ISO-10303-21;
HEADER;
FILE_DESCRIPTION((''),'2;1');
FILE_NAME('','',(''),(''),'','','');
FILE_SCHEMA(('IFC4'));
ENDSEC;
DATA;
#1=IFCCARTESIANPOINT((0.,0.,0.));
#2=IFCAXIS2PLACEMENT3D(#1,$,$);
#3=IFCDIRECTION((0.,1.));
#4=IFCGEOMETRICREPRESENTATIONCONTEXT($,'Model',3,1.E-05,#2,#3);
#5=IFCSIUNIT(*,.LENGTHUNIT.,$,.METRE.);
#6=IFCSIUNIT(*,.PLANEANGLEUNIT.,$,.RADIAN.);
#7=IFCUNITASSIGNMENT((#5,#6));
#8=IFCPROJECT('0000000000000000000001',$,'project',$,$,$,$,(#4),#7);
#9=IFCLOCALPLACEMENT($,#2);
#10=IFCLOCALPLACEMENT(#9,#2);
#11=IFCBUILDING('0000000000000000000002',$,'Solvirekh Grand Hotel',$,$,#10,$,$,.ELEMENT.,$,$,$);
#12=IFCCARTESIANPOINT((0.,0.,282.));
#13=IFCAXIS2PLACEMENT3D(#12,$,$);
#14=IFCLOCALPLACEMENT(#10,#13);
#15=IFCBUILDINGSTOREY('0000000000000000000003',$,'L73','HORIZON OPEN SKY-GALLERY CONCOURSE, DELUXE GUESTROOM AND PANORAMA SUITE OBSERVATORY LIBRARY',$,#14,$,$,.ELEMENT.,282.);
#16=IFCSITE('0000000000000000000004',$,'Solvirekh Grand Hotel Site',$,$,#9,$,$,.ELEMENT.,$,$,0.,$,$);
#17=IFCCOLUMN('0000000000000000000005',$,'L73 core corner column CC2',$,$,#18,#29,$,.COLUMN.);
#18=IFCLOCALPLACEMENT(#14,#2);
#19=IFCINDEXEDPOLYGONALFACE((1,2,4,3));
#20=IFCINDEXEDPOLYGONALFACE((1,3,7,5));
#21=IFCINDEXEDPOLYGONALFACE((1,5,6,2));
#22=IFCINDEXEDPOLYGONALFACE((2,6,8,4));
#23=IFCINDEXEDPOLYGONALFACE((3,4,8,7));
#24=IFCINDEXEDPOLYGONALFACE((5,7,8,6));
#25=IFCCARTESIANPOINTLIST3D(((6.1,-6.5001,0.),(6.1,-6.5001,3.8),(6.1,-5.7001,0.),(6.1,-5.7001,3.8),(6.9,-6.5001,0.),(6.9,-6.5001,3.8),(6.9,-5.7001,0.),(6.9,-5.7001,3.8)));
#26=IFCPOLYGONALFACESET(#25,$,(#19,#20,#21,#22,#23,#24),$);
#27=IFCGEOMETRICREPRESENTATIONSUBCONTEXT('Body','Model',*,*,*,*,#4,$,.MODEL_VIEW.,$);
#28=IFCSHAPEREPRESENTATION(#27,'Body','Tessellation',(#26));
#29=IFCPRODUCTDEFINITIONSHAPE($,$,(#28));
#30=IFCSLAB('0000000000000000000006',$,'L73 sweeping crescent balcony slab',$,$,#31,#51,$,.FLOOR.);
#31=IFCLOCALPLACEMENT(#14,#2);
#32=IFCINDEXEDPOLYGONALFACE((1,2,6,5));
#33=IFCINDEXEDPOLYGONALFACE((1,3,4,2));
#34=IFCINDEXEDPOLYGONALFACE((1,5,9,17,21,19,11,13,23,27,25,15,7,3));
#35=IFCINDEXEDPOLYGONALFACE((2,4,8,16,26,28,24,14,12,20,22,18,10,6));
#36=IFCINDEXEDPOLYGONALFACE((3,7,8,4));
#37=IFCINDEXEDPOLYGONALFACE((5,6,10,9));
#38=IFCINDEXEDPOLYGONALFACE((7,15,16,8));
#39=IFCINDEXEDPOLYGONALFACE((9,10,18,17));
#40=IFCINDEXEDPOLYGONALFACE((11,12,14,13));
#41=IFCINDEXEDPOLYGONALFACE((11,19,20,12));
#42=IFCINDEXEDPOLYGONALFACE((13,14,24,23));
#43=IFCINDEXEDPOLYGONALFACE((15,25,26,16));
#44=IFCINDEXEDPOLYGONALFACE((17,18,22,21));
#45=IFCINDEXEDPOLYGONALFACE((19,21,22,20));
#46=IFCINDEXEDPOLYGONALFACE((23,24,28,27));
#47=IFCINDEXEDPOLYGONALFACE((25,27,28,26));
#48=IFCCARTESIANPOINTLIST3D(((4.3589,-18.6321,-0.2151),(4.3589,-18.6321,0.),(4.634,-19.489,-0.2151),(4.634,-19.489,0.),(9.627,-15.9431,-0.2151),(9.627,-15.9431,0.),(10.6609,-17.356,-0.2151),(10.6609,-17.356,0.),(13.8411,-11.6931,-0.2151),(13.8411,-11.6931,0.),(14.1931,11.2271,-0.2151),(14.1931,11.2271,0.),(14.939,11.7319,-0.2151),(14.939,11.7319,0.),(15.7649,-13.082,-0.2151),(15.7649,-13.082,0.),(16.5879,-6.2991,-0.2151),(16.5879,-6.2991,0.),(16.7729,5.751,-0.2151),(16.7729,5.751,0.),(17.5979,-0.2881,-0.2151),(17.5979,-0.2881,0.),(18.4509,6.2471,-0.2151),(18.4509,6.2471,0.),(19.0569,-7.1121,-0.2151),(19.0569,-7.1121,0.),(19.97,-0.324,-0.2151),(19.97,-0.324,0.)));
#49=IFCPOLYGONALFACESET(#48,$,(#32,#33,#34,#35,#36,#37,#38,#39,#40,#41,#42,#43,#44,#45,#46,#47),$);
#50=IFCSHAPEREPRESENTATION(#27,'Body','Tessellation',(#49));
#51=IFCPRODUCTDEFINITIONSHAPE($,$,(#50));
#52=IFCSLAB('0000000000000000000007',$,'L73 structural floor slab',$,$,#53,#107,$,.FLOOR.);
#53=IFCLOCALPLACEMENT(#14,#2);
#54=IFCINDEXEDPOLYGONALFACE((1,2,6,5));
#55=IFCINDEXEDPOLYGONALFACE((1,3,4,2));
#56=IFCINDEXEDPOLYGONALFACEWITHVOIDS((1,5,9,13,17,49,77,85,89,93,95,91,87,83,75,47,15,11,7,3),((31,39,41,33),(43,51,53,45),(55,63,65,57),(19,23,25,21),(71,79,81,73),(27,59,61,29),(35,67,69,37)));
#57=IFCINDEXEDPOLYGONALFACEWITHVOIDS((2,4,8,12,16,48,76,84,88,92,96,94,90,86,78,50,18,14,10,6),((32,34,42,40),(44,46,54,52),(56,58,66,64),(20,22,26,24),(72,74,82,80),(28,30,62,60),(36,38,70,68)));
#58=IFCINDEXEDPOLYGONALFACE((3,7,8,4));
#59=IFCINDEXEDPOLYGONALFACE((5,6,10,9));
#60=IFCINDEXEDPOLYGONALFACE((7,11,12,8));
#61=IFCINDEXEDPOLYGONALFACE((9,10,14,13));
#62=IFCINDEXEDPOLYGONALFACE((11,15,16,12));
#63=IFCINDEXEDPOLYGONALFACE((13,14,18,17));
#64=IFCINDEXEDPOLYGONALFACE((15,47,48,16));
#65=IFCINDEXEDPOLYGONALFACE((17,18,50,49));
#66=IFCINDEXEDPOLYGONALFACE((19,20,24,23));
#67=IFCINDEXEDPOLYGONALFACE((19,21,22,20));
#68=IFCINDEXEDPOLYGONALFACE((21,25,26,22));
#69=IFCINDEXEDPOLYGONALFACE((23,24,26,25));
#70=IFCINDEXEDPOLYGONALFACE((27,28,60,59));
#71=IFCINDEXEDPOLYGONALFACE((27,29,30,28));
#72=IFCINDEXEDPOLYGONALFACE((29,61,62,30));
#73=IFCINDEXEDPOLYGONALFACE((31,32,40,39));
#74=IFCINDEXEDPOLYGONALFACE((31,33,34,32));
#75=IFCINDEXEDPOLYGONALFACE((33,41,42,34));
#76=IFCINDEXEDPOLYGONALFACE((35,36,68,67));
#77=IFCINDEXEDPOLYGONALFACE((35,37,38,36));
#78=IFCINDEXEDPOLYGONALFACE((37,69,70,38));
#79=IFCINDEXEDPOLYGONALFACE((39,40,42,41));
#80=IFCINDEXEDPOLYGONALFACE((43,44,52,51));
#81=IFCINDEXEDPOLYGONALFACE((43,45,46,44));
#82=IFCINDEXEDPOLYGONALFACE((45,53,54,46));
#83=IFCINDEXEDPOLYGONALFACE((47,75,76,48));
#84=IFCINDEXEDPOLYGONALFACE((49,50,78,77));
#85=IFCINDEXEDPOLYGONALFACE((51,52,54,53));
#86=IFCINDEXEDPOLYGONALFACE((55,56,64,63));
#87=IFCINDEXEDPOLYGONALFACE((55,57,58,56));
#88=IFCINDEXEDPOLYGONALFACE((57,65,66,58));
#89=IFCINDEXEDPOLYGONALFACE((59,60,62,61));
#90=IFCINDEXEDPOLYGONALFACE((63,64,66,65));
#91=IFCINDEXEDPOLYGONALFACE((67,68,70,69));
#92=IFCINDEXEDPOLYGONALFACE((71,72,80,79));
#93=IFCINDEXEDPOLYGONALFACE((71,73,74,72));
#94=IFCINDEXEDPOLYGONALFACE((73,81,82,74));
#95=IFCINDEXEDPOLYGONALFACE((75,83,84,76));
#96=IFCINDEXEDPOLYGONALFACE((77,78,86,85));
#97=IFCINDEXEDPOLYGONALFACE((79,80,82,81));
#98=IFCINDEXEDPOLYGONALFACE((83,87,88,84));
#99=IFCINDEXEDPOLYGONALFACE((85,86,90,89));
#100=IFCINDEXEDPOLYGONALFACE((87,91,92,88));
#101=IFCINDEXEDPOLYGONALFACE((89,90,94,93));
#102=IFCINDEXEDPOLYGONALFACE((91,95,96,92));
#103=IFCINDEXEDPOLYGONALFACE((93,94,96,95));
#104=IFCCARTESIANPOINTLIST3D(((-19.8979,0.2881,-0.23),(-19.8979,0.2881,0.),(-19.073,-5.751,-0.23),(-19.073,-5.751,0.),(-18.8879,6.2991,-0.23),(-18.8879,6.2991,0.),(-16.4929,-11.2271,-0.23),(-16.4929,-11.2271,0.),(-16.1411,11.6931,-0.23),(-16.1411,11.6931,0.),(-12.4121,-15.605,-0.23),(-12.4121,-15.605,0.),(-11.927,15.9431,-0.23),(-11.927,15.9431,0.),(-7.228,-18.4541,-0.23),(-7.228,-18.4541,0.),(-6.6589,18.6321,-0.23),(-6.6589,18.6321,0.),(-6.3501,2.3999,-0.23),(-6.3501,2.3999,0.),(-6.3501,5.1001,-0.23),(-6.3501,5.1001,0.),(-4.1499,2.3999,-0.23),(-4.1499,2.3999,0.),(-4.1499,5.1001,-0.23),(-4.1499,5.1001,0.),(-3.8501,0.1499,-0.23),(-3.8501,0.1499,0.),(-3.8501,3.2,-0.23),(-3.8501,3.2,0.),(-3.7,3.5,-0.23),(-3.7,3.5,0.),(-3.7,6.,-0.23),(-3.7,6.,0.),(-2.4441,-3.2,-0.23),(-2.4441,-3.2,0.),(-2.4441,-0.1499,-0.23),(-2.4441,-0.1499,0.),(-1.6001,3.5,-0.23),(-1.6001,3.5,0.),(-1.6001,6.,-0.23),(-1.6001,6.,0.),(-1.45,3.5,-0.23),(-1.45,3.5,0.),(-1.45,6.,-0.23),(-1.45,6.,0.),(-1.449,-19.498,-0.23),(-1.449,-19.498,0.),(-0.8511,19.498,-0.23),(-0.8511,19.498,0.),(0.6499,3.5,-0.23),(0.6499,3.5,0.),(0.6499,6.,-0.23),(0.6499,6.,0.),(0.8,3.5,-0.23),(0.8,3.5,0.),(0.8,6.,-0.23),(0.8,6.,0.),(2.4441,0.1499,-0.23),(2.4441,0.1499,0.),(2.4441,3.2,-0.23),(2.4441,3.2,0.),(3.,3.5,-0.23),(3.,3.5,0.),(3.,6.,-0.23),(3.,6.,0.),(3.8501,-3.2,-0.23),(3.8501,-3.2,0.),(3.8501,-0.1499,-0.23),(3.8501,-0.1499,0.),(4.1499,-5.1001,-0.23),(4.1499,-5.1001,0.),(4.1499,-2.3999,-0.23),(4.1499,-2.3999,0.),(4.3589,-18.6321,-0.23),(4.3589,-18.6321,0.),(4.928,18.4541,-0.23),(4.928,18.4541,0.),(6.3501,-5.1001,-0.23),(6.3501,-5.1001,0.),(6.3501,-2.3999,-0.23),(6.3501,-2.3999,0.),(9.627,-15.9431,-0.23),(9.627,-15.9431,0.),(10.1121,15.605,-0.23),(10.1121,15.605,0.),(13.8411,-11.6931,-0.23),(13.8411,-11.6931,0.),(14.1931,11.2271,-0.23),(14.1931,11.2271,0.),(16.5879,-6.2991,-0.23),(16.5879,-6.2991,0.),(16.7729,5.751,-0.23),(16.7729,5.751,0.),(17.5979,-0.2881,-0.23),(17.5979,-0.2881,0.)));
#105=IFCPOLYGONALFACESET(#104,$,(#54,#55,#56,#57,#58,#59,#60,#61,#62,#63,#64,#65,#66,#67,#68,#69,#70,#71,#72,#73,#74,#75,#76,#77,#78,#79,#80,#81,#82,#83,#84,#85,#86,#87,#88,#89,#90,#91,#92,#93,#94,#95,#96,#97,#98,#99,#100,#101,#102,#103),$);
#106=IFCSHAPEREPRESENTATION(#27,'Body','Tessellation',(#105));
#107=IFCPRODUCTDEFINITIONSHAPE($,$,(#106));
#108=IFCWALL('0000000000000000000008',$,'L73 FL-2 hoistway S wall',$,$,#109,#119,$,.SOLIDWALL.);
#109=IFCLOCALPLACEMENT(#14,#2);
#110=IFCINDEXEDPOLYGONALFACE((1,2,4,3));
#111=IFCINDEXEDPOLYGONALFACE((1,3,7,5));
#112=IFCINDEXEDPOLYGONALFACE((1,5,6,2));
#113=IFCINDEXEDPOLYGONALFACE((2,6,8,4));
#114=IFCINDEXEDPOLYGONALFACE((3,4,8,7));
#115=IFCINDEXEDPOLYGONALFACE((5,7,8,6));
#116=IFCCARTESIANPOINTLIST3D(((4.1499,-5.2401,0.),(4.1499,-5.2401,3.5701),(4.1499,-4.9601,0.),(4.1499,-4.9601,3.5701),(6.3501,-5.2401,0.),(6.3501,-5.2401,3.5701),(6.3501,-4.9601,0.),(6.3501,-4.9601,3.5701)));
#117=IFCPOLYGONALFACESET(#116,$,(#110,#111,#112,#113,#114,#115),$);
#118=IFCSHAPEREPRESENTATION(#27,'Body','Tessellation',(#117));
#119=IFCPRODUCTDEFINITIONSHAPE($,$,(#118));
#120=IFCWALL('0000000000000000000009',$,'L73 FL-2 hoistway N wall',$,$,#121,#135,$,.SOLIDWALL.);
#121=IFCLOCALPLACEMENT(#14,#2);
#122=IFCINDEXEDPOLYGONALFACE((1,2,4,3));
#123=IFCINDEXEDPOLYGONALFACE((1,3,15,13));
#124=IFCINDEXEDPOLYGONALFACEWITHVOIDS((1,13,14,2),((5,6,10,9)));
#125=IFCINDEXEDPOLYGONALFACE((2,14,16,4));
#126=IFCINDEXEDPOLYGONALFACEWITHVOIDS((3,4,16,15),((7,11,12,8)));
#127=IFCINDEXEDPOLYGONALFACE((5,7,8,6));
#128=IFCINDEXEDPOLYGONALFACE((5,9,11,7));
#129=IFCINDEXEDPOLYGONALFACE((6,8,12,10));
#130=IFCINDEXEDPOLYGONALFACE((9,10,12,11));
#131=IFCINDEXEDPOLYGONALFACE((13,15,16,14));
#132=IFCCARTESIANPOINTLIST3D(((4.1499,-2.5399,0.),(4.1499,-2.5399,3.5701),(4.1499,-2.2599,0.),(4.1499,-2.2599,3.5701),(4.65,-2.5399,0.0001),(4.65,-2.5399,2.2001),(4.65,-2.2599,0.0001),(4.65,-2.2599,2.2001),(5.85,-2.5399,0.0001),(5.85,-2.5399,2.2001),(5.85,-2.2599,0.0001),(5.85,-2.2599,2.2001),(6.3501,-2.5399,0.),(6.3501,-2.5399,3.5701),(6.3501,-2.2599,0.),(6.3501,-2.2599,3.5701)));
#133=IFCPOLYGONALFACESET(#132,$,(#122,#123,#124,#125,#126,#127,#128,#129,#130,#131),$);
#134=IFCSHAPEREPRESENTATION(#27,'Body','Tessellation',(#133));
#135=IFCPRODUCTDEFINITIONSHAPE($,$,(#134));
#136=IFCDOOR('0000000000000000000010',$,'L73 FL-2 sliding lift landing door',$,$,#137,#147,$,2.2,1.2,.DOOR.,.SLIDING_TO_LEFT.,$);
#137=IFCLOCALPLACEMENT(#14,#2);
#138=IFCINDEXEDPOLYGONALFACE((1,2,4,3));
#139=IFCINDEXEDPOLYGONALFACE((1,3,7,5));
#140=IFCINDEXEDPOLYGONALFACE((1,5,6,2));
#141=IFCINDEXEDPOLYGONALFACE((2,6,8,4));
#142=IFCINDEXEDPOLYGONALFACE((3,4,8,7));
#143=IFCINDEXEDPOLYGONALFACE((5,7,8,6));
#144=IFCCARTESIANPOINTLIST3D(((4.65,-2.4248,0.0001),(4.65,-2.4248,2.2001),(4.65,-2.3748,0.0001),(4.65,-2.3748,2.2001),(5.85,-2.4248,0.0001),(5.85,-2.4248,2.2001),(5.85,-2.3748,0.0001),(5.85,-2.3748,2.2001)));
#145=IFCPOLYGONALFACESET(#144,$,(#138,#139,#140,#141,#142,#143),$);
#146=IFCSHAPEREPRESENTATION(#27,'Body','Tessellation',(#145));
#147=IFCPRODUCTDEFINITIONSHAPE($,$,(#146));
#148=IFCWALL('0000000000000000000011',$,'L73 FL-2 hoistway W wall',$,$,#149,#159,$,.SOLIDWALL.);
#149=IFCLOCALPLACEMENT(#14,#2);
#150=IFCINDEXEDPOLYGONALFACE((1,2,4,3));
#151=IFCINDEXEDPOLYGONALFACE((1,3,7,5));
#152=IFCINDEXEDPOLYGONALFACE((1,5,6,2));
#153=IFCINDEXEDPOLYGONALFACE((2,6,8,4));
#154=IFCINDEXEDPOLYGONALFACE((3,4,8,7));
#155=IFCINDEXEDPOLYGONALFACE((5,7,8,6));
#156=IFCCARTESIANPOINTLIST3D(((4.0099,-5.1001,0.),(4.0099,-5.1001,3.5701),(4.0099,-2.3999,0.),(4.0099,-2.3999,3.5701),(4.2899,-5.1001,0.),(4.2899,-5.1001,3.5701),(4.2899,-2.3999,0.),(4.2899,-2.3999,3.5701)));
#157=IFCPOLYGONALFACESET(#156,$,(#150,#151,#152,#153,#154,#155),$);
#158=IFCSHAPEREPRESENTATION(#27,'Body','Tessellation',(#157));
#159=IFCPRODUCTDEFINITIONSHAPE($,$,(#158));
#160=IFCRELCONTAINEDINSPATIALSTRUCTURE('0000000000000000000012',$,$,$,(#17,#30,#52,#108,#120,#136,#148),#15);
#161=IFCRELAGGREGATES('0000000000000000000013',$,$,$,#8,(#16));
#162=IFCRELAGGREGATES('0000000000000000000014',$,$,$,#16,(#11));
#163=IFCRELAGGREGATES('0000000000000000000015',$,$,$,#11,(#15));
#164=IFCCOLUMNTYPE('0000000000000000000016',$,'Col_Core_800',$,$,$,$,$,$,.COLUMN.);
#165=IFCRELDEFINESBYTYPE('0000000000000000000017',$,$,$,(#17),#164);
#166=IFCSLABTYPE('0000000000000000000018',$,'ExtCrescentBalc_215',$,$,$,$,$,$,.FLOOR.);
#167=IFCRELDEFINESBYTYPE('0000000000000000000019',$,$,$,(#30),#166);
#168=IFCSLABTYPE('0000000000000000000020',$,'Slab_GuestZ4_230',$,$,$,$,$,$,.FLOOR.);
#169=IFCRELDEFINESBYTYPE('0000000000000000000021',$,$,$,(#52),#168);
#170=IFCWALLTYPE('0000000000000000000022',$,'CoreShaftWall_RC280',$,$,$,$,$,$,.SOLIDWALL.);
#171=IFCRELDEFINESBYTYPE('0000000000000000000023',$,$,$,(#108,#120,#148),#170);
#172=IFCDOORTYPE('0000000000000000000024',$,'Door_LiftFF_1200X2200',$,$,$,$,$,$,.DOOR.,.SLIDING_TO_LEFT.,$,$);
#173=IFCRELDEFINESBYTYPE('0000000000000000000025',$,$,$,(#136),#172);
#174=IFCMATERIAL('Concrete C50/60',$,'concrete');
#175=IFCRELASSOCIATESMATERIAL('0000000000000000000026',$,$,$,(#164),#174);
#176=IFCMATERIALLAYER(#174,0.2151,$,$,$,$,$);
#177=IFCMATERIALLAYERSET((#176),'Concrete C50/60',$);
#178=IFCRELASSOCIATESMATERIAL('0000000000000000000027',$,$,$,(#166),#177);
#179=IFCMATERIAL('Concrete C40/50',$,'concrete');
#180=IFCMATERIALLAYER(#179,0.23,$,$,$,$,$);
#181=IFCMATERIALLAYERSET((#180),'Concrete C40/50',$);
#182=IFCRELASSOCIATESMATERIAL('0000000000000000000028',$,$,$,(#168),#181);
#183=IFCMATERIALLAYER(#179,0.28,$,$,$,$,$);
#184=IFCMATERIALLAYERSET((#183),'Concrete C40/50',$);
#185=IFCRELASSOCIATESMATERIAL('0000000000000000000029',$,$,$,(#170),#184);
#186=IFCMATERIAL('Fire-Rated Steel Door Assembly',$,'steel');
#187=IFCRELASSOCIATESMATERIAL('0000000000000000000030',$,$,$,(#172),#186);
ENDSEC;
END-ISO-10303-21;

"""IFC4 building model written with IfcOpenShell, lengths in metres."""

from ifc_helpers import new_model, si_unit, direction, frame, frame_2d, origin, origin_2d, place, context, subcontext, project, spatial, polyline, rectangle, outline, extrude, material, layer, layer_set, material_profile, profile_set, type_object, element, fill, save


model = new_model("IFC4")

# Units and contexts
model_context = context("Model", 3, precision=1e-05, world=origin(), true_north=direction((0.0, 1.0)))
body_context = subcontext(model_context, "Body", "Model", "MODEL_VIEW")
ifc_project = project(units=[si_unit("LENGTHUNIT", "METRE"), si_unit("PLANEANGLEUNIT", "RADIAN")], contexts=[model_context])

# Site, building, storey
site_placement = place(None, origin())
site = spatial("IfcSite", under=ifc_project, at=site_placement, Name="Solvirekh Grand Hotel Site", CompositionType="ELEMENT", RefElevation=0.0)
building_placement = place(site_placement, origin())
building = spatial("IfcBuilding", under=site, at=building_placement, Name="Solvirekh Grand Hotel", CompositionType="ELEMENT")
storey_placement = place(building_placement, frame((0.0, 0.0, 282.0)))
storey = spatial("IfcBuildingStorey", under=building, at=storey_placement, Name="L73", Description="HORIZON OPEN SKY-GALLERY CONCOURSE, DELUXE GUESTROOM AND PANORAMA SUITE OBSERVATORY LIBRARY", CompositionType="ELEMENT", Elevation=282.0)

# Column
ifc_material_1 = material(Name="Concrete C50/60", Category="concrete")
ifc_material_profile = material_profile(ifc_material_1, rectangle(XDim=0.8, YDim=0.8, at=origin_2d()), Name="RC 800X800")
ifc_profile_set = profile_set([ifc_material_profile], Name="Concrete C50/60")
column_type = type_object("IfcColumnType", Name="Col_Core_800", PredefinedType="COLUMN", material=ifc_profile_set)
column_placement = place(storey_placement, frame((6.5, -6.1001, 0.0), z_axis=(0.0, 0.0, 1.0), x_axis=(1.0, 0.0, 0.0)))
element("IfcColumn", 1, at=column_placement, inside=storey, type_object=column_type, Name="L73 core corner column CC2", PredefinedType="COLUMN", context=body_context, shape_type="SweptSolid", body=[
    extrude(rectangle(XDim=0.8, YDim=0.8, at=origin_2d()), origin(), (0.0, 0.0, 1.0), 3.8),
])

# Slabs
ifc_layer_1 = layer(ifc_material_1, 0.2151)
ifc_layer_set_1 = layer_set([ifc_layer_1], Name="Concrete C50/60")
slab_type_1 = type_object("IfcSlabType", Name="ExtCrescentBalc_215", PredefinedType="FLOOR", material=ifc_layer_set_1)
slab_1_placement = place(storey_placement, frame((0.0, 0.0, -0.2151)))
element("IfcSlab", 2, at=slab_1_placement, inside=storey, type_object=slab_type_1, Name="L73 sweeping crescent balcony slab", PredefinedType="FLOOR", context=body_context, shape_type="SweptSolid", body=[
    extrude(outline(polyline([(4.634, -19.489), (10.6609, -17.356), (15.7649, -13.082), (19.0569, -7.1121), (19.97, -0.324), (18.4509, 6.2471), (14.939, 11.7319), (14.1931, 11.2271), (16.7729, 5.751), (17.5979, -0.2881), (16.5879, -6.2991), (13.8411, -11.6931), (9.627, -15.9431), (4.3589, -18.6321), (4.634, -19.489)])), origin(), (0.0, 0.0, 1.0), 0.2151),
])
ifc_material_2 = material(Name="Concrete C40/50", Category="concrete")
ifc_layer_2 = layer(ifc_material_2, 0.23)
ifc_layer_set_2 = layer_set([ifc_layer_2], Name="Concrete C40/50")
slab_type_2 = type_object("IfcSlabType", Name="Slab_GuestZ4_230", PredefinedType="FLOOR", material=ifc_layer_set_2)
slab_2_placement = place(storey_placement, frame((0.0, 0.0, -0.23)))
element("IfcSlab", 3, at=slab_2_placement, inside=storey, type_object=slab_type_2, Name="L73 structural floor slab", PredefinedType="FLOOR", context=body_context, shape_type="SweptSolid", body=[
    extrude(outline(polyline([(-1.449, -19.498), (4.3589, -18.6321), (9.627, -15.9431), (13.8411, -11.6931), (16.5879, -6.2991), (17.5979, -0.2881), (16.7729, 5.751), (14.1931, 11.2271), (10.1121, 15.605), (4.928, 18.4541), (-0.8511, 19.498), (-6.6589, 18.6321), (-11.927, 15.9431), (-16.1411, 11.6931), (-18.8879, 6.2991), (-19.8979, 0.2881), (-19.073, -5.751), (-16.4929, -11.2271), (-12.4121, -15.605), (-7.228, -18.4541), (-1.449, -19.498)]), holes=[polyline([(-2.4441, -0.1499), (3.8501, -0.1499), (3.8501, -3.2), (-2.4441, -3.2), (-2.4441, -0.1499)]), polyline([(2.4441, 0.1499), (-3.8501, 0.1499), (-3.8501, 3.2), (2.4441, 3.2), (2.4441, 0.1499)]), polyline([(-3.7, 6.0), (-1.6001, 6.0), (-1.6001, 3.5), (-3.7, 3.5), (-3.7, 6.0)]), polyline([(-1.45, 6.0), (0.6499, 6.0), (0.6499, 3.5), (-1.45, 3.5), (-1.45, 6.0)]), polyline([(0.8, 6.0), (3.0, 6.0), (3.0, 3.5), (0.8, 3.5), (0.8, 6.0)]), polyline([(-6.3501, 5.1001), (-4.1499, 5.1001), (-4.1499, 2.3999), (-6.3501, 2.3999), (-6.3501, 5.1001)]), polyline([(4.1499, -2.3999), (6.3501, -2.3999), (6.3501, -5.1001), (4.1499, -5.1001), (4.1499, -2.3999)])]), origin(), (0.0, 0.0, 1.0), 0.23),
])

# Wall
ifc_layer_3 = layer(ifc_material_2, 0.28)
ifc_layer_set_3 = layer_set([ifc_layer_3], Name="Concrete C40/50")
wall_type_1 = type_object("IfcWallType", Name="CoreShaftWall_RC280", PredefinedType="SOLIDWALL", material=ifc_layer_set_3)
wall_1_placement = place(storey_placement, frame((4.1499, -5.1001, 0.0), z_axis=(0.0, 0.0, 1.0), x_axis=(1.0, 0.0, 0.0)))
element("IfcWall", 4, at=wall_1_placement, inside=storey, type_object=wall_type_1, Name="L73 FL-2 hoistway S wall", PredefinedType="SOLIDWALL", context=body_context, shape_type="SweptSolid", body=[
    extrude(rectangle(XDim=2.2002, YDim=0.28, at=frame_2d((1.1001, 0.0))), origin(), (0.0, 0.0, 1.0), 3.5701),
])

# Wall, opening, door
wall_2_placement = place(storey_placement, frame((6.3501, -2.3999, 0.0), z_axis=(0.0, 0.0, 1.0), x_axis=(-1.0, 0.0, 0.0)))
wall_2 = element("IfcWall", 5, at=wall_2_placement, inside=storey, type_object=wall_type_1, Name="L73 FL-2 hoistway N wall", PredefinedType="SOLIDWALL", context=body_context, shape_type="SweptSolid", body=[
    extrude(rectangle(XDim=2.2002, YDim=0.28, at=frame_2d((1.1001, 0.0))), origin(), (0.0, 0.0, 1.0), 3.5701),
])
opening_1_placement = place(wall_2_placement, frame((0.5, 0.0, 0.0)))
opening_1 = element("IfcOpeningElement", 6, at=opening_1_placement, cuts=wall_2, PredefinedType="OPENING", context=body_context, shape_type="SweptSolid", body=[
    extrude(rectangle(XDim=1.2, YDim=2.2, at=frame_2d((0.6001, 1.1001))), frame((0.0, 0.1499, 0.0), z_axis=(0.0, -1.0, 0.0), x_axis=(1.0, 0.0, 0.0)), (0.0, 0.0, 1.0), 0.3),
])
ifc_material_3 = material(Name="Fire-Rated Steel Door Assembly", Category="steel")
door_type_1 = type_object("IfcDoorType", Name="Door_LiftFF_1200X2200", OperationType="SLIDING_TO_LEFT", PredefinedType="DOOR", material=ifc_material_3)
door_1_placement = place(opening_1_placement, origin())
door_1 = element("IfcDoor", 7, at=door_1_placement, inside=storey, type_object=door_type_1, Name="L73 FL-2 sliding lift landing door", OperationType="SLIDING_TO_LEFT", OverallHeight=2.2, OverallWidth=1.2, PredefinedType="DOOR", context=body_context, shape_type="SweptSolid", body=[
    extrude(rectangle(XDim=1.2, YDim=2.2, at=frame_2d((0.6001, 1.1001))), frame((0.0, 0.0249, 0.0), z_axis=(0.0, -1.0, 0.0), x_axis=(1.0, 0.0, 0.0)), (0.0, 0.0, 1.0), 0.05),
])
fill(opening_1, door_1)

# Wall
wall_3_placement = place(storey_placement, frame((4.1499, -2.3999, 0.0), z_axis=(0.0, 0.0, 1.0), x_axis=(0.0, -1.0, 0.0)))
element("IfcWall", 8, at=wall_3_placement, inside=storey, type_object=wall_type_1, Name="L73 FL-2 hoistway W wall", PredefinedType="SOLIDWALL", context=body_context, shape_type="SweptSolid", body=[
    extrude(rectangle(XDim=2.7002, YDim=0.28, at=frame_2d((1.3501, 0.0))), origin(), (0.0, 0.0, 1.0), 3.5701),
])

save(model, "model.ifc")
